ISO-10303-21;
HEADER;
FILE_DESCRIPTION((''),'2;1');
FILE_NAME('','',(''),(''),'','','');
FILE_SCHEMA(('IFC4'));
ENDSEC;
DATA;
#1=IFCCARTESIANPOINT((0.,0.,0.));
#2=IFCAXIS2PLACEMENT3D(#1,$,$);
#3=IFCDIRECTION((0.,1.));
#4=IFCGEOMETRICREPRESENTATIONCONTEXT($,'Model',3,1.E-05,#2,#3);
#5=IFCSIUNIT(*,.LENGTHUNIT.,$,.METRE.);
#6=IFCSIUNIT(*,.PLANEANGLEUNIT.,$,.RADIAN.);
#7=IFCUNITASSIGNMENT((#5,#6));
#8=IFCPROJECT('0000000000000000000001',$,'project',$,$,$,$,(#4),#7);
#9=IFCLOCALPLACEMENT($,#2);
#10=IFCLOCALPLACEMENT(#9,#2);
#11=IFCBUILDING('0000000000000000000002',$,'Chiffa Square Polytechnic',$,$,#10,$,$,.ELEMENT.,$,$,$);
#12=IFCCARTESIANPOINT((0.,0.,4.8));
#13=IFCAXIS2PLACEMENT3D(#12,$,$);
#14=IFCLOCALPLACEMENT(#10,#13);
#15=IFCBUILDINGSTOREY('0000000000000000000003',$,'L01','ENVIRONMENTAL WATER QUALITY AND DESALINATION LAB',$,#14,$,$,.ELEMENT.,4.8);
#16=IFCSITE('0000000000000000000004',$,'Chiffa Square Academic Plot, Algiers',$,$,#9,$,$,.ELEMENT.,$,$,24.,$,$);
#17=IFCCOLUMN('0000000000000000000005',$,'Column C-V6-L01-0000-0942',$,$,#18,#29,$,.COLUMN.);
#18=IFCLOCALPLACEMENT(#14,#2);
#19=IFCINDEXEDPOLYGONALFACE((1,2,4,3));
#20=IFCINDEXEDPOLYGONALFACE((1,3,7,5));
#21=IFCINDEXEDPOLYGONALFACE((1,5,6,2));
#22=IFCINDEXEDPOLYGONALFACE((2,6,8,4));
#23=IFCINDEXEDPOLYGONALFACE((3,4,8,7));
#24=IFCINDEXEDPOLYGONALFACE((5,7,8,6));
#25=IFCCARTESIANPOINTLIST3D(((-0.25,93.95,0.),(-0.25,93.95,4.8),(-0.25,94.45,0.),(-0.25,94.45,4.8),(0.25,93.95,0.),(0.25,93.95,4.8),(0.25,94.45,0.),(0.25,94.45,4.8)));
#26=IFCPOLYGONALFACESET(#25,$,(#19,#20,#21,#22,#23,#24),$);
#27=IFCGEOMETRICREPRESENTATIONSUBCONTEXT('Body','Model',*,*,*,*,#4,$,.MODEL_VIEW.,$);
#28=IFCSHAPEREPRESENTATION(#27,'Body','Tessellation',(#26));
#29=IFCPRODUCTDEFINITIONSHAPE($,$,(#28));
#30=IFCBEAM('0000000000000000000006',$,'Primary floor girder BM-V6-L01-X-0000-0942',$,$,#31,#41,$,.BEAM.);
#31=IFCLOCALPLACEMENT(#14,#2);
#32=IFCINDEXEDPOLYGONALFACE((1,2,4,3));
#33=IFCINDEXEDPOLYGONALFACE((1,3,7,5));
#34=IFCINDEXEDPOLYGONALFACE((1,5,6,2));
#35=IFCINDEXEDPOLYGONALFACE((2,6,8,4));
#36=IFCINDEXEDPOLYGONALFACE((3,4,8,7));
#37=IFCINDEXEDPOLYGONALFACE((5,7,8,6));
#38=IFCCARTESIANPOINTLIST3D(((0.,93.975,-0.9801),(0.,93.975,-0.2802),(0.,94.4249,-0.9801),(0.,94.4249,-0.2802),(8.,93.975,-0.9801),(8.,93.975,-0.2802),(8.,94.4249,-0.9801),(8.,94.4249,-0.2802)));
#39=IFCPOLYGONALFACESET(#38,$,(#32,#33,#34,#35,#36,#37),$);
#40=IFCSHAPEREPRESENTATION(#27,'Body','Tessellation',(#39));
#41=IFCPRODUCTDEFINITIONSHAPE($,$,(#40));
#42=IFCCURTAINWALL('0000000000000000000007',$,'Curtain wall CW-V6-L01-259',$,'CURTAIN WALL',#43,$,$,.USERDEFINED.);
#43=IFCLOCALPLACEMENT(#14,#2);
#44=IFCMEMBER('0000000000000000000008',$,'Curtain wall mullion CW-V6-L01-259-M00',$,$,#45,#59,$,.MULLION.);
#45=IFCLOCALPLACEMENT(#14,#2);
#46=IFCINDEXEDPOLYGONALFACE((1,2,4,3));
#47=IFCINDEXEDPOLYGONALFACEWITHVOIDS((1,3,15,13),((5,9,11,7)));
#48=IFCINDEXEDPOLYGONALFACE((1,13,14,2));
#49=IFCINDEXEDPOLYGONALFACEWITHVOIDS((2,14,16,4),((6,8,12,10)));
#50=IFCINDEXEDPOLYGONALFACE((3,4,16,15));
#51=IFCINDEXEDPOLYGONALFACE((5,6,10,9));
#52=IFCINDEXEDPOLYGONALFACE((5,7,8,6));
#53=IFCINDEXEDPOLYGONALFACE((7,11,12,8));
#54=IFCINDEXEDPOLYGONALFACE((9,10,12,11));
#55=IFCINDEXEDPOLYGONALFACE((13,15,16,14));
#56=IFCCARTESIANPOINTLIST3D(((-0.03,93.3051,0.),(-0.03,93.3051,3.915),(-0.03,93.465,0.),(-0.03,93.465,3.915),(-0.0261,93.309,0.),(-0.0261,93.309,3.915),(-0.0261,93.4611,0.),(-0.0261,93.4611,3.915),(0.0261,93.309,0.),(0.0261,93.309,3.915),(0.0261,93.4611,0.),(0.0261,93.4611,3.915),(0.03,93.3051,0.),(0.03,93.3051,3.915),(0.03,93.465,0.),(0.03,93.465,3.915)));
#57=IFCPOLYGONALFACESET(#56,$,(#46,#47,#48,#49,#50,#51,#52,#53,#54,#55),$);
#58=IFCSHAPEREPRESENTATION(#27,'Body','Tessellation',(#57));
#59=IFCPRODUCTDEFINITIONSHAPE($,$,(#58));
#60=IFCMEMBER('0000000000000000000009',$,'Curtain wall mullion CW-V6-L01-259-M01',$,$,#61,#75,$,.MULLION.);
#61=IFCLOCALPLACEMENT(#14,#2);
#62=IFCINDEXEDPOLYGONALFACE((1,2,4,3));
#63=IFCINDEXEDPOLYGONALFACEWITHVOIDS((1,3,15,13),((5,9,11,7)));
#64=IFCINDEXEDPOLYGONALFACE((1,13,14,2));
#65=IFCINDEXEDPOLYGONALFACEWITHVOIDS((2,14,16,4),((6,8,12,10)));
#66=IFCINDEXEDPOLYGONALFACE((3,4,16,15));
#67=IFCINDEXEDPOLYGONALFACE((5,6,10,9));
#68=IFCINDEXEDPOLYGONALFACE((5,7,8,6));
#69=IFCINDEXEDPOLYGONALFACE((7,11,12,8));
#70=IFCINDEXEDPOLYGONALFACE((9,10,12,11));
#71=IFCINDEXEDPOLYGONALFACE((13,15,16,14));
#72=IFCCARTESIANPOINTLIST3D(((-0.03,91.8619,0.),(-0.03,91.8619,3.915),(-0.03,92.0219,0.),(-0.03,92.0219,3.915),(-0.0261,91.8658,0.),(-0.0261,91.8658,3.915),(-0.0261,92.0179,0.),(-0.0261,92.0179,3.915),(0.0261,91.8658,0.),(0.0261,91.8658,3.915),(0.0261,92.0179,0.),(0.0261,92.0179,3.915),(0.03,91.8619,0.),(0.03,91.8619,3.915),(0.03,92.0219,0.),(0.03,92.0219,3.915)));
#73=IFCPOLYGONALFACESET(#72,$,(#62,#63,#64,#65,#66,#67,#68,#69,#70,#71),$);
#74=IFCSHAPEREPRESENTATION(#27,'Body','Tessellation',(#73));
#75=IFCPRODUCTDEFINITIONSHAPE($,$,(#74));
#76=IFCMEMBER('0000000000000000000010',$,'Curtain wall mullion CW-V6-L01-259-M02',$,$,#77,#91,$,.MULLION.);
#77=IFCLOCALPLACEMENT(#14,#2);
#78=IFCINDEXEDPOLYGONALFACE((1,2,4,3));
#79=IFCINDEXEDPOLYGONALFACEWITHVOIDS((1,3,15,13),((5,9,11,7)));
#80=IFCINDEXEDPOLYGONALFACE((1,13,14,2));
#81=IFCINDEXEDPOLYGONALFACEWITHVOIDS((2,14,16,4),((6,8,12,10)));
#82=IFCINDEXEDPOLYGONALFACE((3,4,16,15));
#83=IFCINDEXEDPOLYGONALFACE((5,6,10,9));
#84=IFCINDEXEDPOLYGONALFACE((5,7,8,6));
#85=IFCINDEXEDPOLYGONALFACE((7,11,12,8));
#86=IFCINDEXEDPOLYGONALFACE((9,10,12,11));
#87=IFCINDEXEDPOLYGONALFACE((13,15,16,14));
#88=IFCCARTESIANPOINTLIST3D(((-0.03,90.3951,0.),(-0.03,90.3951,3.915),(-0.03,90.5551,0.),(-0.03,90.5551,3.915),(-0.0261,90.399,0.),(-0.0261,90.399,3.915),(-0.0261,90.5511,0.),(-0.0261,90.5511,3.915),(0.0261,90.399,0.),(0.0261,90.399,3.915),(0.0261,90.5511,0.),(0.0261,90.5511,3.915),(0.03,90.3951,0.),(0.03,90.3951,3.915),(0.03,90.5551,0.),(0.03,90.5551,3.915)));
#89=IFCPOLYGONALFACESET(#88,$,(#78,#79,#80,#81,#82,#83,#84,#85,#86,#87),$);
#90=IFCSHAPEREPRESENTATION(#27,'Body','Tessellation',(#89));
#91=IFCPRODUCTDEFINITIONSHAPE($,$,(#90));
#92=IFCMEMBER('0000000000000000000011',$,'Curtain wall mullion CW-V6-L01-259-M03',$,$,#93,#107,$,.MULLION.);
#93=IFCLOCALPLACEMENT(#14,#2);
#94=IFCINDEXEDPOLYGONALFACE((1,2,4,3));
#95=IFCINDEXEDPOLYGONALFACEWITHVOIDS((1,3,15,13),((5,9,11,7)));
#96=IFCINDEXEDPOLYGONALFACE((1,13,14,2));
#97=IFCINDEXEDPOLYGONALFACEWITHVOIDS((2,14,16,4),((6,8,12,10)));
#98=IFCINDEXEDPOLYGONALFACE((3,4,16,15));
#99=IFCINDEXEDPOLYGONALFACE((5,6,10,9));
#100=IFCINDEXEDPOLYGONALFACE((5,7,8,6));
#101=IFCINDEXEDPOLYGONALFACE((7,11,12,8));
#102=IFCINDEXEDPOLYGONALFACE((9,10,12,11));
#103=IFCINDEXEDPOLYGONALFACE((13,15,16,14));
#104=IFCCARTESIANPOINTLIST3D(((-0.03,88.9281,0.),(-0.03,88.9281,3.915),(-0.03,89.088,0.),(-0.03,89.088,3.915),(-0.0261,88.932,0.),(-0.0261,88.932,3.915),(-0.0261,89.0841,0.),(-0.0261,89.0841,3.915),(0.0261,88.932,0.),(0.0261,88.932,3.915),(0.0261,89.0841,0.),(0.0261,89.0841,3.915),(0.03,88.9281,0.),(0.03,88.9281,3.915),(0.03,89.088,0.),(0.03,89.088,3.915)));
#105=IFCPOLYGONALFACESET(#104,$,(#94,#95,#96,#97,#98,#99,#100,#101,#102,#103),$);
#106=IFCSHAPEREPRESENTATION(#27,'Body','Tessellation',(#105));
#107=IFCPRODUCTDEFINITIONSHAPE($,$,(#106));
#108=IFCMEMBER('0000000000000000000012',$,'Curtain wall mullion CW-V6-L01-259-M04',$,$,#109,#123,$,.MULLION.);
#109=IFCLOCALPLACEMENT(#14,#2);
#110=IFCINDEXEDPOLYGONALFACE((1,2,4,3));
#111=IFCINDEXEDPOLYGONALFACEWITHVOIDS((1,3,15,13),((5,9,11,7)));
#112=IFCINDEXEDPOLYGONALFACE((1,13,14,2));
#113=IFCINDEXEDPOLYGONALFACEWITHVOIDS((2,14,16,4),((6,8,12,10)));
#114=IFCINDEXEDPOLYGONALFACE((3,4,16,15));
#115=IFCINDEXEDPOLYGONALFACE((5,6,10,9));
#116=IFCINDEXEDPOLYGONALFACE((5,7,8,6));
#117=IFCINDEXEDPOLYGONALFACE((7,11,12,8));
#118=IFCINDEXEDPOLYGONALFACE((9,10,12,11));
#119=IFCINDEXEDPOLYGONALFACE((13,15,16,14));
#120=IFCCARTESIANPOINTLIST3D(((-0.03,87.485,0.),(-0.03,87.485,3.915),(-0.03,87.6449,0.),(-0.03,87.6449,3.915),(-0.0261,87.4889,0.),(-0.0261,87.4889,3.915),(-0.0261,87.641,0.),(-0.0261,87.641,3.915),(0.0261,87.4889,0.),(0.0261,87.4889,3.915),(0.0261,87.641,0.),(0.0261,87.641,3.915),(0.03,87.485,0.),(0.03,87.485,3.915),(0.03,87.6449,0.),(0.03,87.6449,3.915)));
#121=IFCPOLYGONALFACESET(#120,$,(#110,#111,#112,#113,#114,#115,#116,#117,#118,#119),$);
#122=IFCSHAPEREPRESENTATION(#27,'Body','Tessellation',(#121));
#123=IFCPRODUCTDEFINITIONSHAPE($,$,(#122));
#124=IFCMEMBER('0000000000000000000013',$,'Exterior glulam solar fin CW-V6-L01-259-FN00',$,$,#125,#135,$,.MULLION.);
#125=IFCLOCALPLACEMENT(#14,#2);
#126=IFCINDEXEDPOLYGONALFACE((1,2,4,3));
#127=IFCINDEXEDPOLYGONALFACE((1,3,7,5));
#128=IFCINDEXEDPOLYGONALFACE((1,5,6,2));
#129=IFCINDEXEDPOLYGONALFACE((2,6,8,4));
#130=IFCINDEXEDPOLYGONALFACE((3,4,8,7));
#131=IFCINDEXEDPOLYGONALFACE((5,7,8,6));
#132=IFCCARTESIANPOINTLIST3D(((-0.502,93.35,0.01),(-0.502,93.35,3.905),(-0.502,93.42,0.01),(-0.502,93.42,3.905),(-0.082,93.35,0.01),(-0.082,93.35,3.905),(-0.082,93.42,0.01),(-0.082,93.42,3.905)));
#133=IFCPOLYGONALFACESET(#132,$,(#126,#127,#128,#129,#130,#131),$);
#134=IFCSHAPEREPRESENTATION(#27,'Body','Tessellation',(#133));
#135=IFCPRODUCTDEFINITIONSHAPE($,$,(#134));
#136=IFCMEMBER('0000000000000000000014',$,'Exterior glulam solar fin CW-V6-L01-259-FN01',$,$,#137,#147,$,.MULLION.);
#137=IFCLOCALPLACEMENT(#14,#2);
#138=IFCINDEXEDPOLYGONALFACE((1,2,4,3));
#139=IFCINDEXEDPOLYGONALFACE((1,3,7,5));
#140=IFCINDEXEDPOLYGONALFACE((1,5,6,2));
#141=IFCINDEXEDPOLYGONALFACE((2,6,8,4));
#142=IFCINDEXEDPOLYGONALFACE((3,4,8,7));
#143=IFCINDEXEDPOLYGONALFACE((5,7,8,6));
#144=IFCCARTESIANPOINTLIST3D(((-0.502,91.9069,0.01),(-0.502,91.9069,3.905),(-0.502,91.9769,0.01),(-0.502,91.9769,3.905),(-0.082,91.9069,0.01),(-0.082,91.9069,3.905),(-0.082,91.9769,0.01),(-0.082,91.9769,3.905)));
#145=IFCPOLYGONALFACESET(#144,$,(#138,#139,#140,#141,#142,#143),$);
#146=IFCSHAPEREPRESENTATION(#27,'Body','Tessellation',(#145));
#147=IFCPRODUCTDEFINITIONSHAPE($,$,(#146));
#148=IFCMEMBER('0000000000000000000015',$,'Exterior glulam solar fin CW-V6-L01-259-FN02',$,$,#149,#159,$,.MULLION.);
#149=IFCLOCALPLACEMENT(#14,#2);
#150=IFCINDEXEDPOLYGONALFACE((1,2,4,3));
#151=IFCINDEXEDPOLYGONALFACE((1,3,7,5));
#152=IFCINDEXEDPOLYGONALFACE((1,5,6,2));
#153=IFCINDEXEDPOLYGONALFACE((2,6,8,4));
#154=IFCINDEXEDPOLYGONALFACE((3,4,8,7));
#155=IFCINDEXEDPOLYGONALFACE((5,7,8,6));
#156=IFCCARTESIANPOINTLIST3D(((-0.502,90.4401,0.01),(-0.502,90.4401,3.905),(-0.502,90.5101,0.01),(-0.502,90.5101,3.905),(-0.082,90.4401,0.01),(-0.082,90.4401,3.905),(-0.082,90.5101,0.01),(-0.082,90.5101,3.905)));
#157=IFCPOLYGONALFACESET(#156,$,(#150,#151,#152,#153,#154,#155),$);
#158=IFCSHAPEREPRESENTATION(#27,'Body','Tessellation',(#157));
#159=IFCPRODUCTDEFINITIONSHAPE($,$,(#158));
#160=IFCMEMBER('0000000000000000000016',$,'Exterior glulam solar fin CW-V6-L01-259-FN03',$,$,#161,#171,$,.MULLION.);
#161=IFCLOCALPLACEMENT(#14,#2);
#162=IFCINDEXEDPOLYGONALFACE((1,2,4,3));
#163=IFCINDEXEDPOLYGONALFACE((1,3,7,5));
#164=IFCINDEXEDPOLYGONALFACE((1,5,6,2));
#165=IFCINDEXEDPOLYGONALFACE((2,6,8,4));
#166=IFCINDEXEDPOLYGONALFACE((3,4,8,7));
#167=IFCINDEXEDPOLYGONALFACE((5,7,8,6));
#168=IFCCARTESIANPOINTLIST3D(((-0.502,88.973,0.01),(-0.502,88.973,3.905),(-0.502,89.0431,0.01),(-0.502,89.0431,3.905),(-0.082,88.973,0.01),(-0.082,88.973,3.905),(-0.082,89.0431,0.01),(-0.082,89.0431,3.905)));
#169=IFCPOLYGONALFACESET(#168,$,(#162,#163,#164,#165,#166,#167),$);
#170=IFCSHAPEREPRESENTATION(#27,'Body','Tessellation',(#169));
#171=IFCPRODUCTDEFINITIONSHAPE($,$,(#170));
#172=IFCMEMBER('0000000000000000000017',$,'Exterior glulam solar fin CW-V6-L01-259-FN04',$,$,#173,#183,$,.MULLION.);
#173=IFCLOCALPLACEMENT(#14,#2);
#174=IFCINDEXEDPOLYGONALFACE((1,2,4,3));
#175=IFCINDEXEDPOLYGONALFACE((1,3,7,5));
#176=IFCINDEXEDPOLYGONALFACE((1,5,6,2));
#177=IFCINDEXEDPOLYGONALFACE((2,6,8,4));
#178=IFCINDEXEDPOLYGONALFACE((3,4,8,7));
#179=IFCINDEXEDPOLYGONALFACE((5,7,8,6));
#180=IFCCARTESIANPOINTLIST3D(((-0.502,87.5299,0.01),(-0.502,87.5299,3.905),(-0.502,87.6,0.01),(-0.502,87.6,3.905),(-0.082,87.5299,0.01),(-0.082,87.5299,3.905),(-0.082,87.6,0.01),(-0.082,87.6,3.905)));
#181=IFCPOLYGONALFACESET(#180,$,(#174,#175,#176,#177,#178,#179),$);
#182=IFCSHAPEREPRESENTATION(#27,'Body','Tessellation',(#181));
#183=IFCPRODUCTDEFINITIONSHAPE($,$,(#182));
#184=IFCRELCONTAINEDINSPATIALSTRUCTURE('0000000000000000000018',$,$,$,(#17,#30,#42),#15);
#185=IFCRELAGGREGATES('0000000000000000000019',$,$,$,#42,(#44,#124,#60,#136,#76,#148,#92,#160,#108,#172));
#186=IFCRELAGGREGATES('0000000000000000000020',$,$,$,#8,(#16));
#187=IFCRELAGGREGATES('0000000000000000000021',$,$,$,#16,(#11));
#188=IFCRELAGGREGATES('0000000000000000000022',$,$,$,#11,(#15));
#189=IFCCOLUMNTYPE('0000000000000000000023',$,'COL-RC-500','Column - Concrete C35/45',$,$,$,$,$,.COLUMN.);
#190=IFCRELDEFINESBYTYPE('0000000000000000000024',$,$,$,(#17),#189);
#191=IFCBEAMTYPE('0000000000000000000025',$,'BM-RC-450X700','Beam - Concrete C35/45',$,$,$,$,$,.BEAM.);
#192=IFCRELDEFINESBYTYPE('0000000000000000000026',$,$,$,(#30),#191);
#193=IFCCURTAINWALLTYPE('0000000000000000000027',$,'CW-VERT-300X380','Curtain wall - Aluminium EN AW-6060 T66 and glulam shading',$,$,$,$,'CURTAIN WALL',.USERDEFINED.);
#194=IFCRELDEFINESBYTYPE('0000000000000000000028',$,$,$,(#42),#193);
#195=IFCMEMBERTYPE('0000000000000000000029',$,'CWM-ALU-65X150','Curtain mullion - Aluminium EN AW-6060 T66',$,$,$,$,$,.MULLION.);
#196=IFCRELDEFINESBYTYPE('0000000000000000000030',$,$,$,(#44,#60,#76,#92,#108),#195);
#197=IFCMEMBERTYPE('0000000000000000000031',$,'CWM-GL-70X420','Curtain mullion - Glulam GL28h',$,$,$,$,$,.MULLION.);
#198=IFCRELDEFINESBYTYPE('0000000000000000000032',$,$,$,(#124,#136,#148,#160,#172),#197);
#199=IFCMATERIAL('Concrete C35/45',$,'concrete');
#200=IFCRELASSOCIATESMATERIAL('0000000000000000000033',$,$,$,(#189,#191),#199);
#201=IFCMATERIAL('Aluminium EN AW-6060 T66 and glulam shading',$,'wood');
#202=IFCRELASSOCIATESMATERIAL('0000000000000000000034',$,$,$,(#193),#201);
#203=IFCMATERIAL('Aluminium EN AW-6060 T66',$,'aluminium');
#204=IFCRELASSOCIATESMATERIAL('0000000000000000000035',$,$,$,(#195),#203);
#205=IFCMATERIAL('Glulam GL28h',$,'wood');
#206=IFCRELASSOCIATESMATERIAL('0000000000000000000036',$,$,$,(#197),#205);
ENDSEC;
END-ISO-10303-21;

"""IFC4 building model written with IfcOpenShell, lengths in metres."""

from ifc_helpers import new_model, si_unit, direction, frame, origin, origin_2d, place, context, subcontext, project, spatial, rectangle, hollow_rectangle, extrude, material, material_profile, profile_set, type_object, element, aggregate, save


model = new_model("IFC4")

# Units and contexts
model_context = context("Model", 3, precision=1e-05, world=origin(), true_north=direction((0.0, 1.0)))
body_context = subcontext(model_context, "Body", "Model", "MODEL_VIEW")
ifc_project = project(units=[si_unit("LENGTHUNIT", "METRE"), si_unit("PLANEANGLEUNIT", "RADIAN")], contexts=[model_context])

# Site, building, storey
site_placement = place(None, origin())
site = spatial("IfcSite", under=ifc_project, at=site_placement, Name="Chiffa Square Academic Plot, Algiers", CompositionType="ELEMENT", RefElevation=24.0)
building_placement = place(site_placement, origin())
building = spatial("IfcBuilding", under=site, at=building_placement, Name="Chiffa Square Polytechnic", CompositionType="ELEMENT")
storey_placement = place(building_placement, frame((0.0, 0.0, 4.8)))
storey = spatial("IfcBuildingStorey", under=building, at=storey_placement, Name="L01", Description="ENVIRONMENTAL WATER QUALITY AND DESALINATION LAB", CompositionType="ELEMENT", Elevation=4.8)

# Column
ifc_material_1 = material(Name="Concrete C35/45", Category="concrete")
ifc_material_profile_1 = material_profile(ifc_material_1, rectangle(XDim=0.5, YDim=0.5, at=origin_2d()), Name="RC 500x500")
ifc_profile_set_1 = profile_set([ifc_material_profile_1], Name="Concrete C35/45")
column_type = type_object("IfcColumnType", Name="COL-RC-500", Description="Column - Concrete C35/45", PredefinedType="COLUMN", material=ifc_profile_set_1)
column_placement = place(storey_placement, frame((0.0, 94.2, 0.0), z_axis=(0.0, 0.0, 1.0), x_axis=(1.0, 0.0, 0.0)))
element("IfcColumn", 1, at=column_placement, inside=storey, type_object=column_type, Name="Column C-V6-L01-0000-0942", PredefinedType="COLUMN", context=body_context, shape_type="SweptSolid", body=[
    extrude(rectangle(XDim=0.5, YDim=0.5, at=origin_2d()), origin(), (0.0, 0.0, 1.0), 4.8),
])

# Beam
ifc_material_profile_2 = material_profile(ifc_material_1, rectangle(XDim=0.45, YDim=0.7, at=origin_2d()), Name="RC 450x700")
ifc_profile_set_2 = profile_set([ifc_material_profile_2], Name="Concrete C35/45")
beam_type = type_object("IfcBeamType", Name="BM-RC-450X700", Description="Beam - Concrete C35/45", PredefinedType="BEAM", material=ifc_profile_set_2)
beam_placement = place(storey_placement, frame((0.0, 94.2, -0.6301), z_axis=(1.0, 0.0, 0.0), x_axis=(0.0, 1.0, 0.0)))
element("IfcBeam", 2, at=beam_placement, inside=storey, type_object=beam_type, Name="Primary floor girder BM-V6-L01-X-0000-0942", PredefinedType="BEAM", context=body_context, shape_type="SweptSolid", body=[
    extrude(rectangle(XDim=0.45, YDim=0.7, at=origin_2d()), origin(), (0.0, 0.0, 1.0), 8.0),
])

# Curtain wall, members
ifc_material_2 = material(Name="Aluminium EN AW-6060 T66 and glulam shading", Category="wood")
curtain_wall_type = type_object("IfcCurtainWallType", Name="CW-VERT-300X380", Description="Curtain wall - Aluminium EN AW-6060 T66 and glulam shading", ElementType="CURTAIN WALL", PredefinedType="USERDEFINED", material=ifc_material_2)
curtain_wall_placement = place(storey_placement, origin())
curtain_wall = element("IfcCurtainWall", 3, at=curtain_wall_placement, inside=storey, type_object=curtain_wall_type, Name="Curtain wall CW-V6-L01-259", ObjectType="CURTAIN WALL", PredefinedType="USERDEFINED")
ifc_material_3 = material(Name="Aluminium EN AW-6060 T66", Category="aluminium")
ifc_material_profile_3 = material_profile(ifc_material_3, hollow_rectangle(XDim=0.0601, YDim=0.1599, WallThickness=0.0039, at=origin_2d()), Name="ALU 60x160x4")
ifc_profile_set_3 = profile_set([ifc_material_profile_3], Name="Aluminium EN AW-6060 T66")
member_type_1 = type_object("IfcMemberType", Name="CWM-ALU-65X150", Description="Curtain mullion - Aluminium EN AW-6060 T66", PredefinedType="MULLION", material=ifc_profile_set_3)
member_1_placement = place(storey_placement, frame((0.0, 93.385, 0.0), z_axis=(0.0, 0.0, 1.0), x_axis=(1.0, 0.0, 0.0)))
member_1 = element("IfcMember", 4, at=member_1_placement, type_object=member_type_1, Name="Curtain wall mullion CW-V6-L01-259-M00", PredefinedType="MULLION", context=body_context, shape_type="SweptSolid", body=[
    extrude(hollow_rectangle(XDim=0.0601, YDim=0.1599, WallThickness=0.0039, at=origin_2d()), origin(), (0.0, 0.0, 1.0), 3.915),
])
member_2_placement = place(storey_placement, frame((0.0, 91.9419, 0.0), z_axis=(0.0, 0.0, 1.0), x_axis=(1.0, 0.0, 0.0)))
member_2 = element("IfcMember", 5, at=member_2_placement, type_object=member_type_1, Name="Curtain wall mullion CW-V6-L01-259-M01", PredefinedType="MULLION", context=body_context, shape_type="SweptSolid", body=[
    extrude(hollow_rectangle(XDim=0.0601, YDim=0.1599, WallThickness=0.0039, at=origin_2d()), origin(), (0.0, 0.0, 1.0), 3.915),
])
member_3_placement = place(storey_placement, frame((0.0, 90.4751, 0.0), z_axis=(0.0, 0.0, 1.0), x_axis=(1.0, 0.0, 0.0)))
member_3 = element("IfcMember", 6, at=member_3_placement, type_object=member_type_1, Name="Curtain wall mullion CW-V6-L01-259-M02", PredefinedType="MULLION", context=body_context, shape_type="SweptSolid", body=[
    extrude(hollow_rectangle(XDim=0.0601, YDim=0.1599, WallThickness=0.0039, at=origin_2d()), origin(), (0.0, 0.0, 1.0), 3.915),
])
member_4_placement = place(storey_placement, frame((0.0, 89.0081, 0.0), z_axis=(0.0, 0.0, 1.0), x_axis=(1.0, 0.0, 0.0)))
member_4 = element("IfcMember", 7, at=member_4_placement, type_object=member_type_1, Name="Curtain wall mullion CW-V6-L01-259-M03", PredefinedType="MULLION", context=body_context, shape_type="SweptSolid", body=[
    extrude(hollow_rectangle(XDim=0.0601, YDim=0.1599, WallThickness=0.0039, at=origin_2d()), origin(), (0.0, 0.0, 1.0), 3.915),
])
member_5_placement = place(storey_placement, frame((0.0, 87.5649, 0.0), z_axis=(0.0, 0.0, 1.0), x_axis=(1.0, 0.0, 0.0)))
member_5 = element("IfcMember", 8, at=member_5_placement, type_object=member_type_1, Name="Curtain wall mullion CW-V6-L01-259-M04", PredefinedType="MULLION", context=body_context, shape_type="SweptSolid", body=[
    extrude(hollow_rectangle(XDim=0.0601, YDim=0.1599, WallThickness=0.0039, at=origin_2d()), origin(), (0.0, 0.0, 1.0), 3.915),
])
ifc_material_4 = material(Name="Glulam GL28h", Category="wood")
ifc_material_profile_4 = material_profile(ifc_material_4, rectangle(XDim=0.0701, YDim=0.4199, at=origin_2d()), Name="GL28h 70x420")
ifc_profile_set_4 = profile_set([ifc_material_profile_4], Name="Glulam GL28h")
member_type_2 = type_object("IfcMemberType", Name="CWM-GL-70X420", Description="Curtain mullion - Glulam GL28h", PredefinedType="MULLION", material=ifc_profile_set_4)
member_6_placement = place(storey_placement, frame((-0.292, 93.385, 0.01), z_axis=(0.0, 0.0, 1.0), x_axis=(0.0, -1.0, 0.0)))
member_6 = element("IfcMember", 9, at=member_6_placement, type_object=member_type_2, Name="Exterior glulam solar fin CW-V6-L01-259-FN00", PredefinedType="MULLION", context=body_context, shape_type="SweptSolid", body=[
    extrude(rectangle(XDim=0.0701, YDim=0.4199, at=origin_2d()), origin(), (0.0, 0.0, 1.0), 3.895),
])
member_7_placement = place(storey_placement, frame((-0.292, 91.9419, 0.01), z_axis=(0.0, 0.0, 1.0), x_axis=(0.0, -1.0, 0.0)))
member_7 = element("IfcMember", 10, at=member_7_placement, type_object=member_type_2, Name="Exterior glulam solar fin CW-V6-L01-259-FN01", PredefinedType="MULLION", context=body_context, shape_type="SweptSolid", body=[
    extrude(rectangle(XDim=0.0701, YDim=0.4199, at=origin_2d()), origin(), (0.0, 0.0, 1.0), 3.895),
])
member_8_placement = place(storey_placement, frame((-0.292, 90.4751, 0.01), z_axis=(0.0, 0.0, 1.0), x_axis=(0.0, -1.0, 0.0)))
member_8 = element("IfcMember", 11, at=member_8_placement, type_object=member_type_2, Name="Exterior glulam solar fin CW-V6-L01-259-FN02", PredefinedType="MULLION", context=body_context, shape_type="SweptSolid", body=[
    extrude(rectangle(XDim=0.0701, YDim=0.4199, at=origin_2d()), origin(), (0.0, 0.0, 1.0), 3.895),
])
member_9_placement = place(storey_placement, frame((-0.292, 89.0081, 0.01), z_axis=(0.0, 0.0, 1.0), x_axis=(0.0, -1.0, 0.0)))
member_9 = element("IfcMember", 12, at=member_9_placement, type_object=member_type_2, Name="Exterior glulam solar fin CW-V6-L01-259-FN03", PredefinedType="MULLION", context=body_context, shape_type="SweptSolid", body=[
    extrude(rectangle(XDim=0.0701, YDim=0.4199, at=origin_2d()), origin(), (0.0, 0.0, 1.0), 3.895),
])
member_10_placement = place(storey_placement, frame((-0.292, 87.5649, 0.01), z_axis=(0.0, 0.0, 1.0), x_axis=(0.0, -1.0, 0.0)))
member_10 = element("IfcMember", 13, at=member_10_placement, type_object=member_type_2, Name="Exterior glulam solar fin CW-V6-L01-259-FN04", PredefinedType="MULLION", context=body_context, shape_type="SweptSolid", body=[
    extrude(rectangle(XDim=0.0701, YDim=0.4199, at=origin_2d()), origin(), (0.0, 0.0, 1.0), 3.895),
])
aggregate(curtain_wall, [member_1, member_6, member_2, member_7, member_3, member_8, member_4, member_9, member_5, member_10])

save(model, "model.ifc")
